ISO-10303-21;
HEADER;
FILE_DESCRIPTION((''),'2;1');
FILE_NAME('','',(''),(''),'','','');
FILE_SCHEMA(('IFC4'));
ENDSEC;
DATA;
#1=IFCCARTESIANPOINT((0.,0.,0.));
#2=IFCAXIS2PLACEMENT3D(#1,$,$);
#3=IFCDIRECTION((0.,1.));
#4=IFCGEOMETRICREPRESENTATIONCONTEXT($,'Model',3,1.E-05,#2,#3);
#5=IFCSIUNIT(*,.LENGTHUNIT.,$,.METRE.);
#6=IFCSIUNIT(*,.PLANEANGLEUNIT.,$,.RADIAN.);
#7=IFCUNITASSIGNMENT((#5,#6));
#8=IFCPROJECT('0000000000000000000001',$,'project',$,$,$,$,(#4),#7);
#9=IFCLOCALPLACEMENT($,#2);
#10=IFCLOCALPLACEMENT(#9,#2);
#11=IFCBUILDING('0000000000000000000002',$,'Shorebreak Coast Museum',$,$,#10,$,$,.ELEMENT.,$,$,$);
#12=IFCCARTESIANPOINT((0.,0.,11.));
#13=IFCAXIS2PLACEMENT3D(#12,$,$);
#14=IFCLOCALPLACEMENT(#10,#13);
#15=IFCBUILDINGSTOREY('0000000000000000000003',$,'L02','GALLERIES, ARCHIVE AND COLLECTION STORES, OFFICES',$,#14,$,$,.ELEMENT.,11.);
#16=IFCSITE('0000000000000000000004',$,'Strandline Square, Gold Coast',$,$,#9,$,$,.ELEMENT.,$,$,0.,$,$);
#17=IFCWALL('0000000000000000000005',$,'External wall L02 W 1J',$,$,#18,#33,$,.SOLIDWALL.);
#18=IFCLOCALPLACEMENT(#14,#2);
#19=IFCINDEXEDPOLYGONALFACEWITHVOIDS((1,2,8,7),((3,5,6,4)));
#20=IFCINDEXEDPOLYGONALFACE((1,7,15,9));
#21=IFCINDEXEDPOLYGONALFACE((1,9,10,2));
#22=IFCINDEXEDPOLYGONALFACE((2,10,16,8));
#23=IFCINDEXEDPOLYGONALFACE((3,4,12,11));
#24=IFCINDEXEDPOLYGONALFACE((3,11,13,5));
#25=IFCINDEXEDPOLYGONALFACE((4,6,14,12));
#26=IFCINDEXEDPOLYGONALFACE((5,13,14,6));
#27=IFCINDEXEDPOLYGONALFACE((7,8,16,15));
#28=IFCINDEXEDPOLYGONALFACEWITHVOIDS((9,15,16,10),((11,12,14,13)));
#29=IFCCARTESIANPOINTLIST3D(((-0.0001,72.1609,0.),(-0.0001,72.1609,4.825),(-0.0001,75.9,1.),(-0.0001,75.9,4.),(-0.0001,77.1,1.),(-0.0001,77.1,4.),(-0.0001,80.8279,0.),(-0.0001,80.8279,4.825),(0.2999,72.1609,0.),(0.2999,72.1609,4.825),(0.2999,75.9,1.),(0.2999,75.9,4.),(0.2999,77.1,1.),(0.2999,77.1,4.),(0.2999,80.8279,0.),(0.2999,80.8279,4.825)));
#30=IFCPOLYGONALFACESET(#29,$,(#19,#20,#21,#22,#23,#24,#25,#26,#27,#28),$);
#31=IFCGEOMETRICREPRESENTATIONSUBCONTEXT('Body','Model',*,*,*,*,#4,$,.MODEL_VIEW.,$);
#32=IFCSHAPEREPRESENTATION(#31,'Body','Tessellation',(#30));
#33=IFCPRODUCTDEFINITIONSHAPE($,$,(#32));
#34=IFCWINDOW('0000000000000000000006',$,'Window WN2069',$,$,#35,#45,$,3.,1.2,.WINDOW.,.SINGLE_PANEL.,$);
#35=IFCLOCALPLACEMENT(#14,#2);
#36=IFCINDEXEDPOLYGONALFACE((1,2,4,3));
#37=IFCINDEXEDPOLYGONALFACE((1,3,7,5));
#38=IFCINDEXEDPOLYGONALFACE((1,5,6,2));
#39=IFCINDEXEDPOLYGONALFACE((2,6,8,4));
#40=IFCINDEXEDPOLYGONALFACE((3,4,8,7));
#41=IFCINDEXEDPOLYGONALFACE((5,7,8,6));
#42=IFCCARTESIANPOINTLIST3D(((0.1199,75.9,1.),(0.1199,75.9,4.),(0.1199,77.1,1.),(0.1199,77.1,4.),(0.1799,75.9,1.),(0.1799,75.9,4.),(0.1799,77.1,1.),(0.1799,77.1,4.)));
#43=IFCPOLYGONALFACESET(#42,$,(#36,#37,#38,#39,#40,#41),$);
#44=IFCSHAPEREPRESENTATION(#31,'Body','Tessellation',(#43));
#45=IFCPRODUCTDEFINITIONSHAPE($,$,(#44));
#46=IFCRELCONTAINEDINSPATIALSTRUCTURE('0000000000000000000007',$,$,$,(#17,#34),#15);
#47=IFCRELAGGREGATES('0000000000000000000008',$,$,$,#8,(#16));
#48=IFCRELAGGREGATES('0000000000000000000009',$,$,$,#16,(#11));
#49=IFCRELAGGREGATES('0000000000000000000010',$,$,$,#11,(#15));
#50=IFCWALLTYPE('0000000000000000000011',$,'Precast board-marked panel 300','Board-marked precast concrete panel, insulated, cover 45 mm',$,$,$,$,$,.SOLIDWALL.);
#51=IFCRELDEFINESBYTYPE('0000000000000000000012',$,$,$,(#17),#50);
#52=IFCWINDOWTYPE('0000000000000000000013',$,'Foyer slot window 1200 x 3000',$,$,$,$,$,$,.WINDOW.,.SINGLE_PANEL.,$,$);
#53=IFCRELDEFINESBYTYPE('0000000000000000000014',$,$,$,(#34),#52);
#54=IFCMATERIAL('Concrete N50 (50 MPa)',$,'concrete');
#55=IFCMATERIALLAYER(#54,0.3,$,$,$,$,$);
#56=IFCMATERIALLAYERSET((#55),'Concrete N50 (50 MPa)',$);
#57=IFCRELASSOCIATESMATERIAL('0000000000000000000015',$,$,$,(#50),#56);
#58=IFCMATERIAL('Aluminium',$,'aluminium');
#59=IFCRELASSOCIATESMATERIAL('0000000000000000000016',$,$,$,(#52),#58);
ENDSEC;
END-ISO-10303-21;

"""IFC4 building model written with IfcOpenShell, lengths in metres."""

from ifc_helpers import new_model, si_unit, direction, frame, frame_2d, origin, place, context, subcontext, project, spatial, rectangle, extrude, material, layer, layer_set, type_object, element, fill, save


model = new_model("IFC4")

# Units and contexts
model_context = context("Model", 3, precision=1e-05, world=origin(), true_north=direction((0.0, 1.0)))
body_context = subcontext(model_context, "Body", "Model", "MODEL_VIEW")
ifc_project = project(units=[si_unit("LENGTHUNIT", "METRE"), si_unit("PLANEANGLEUNIT", "RADIAN")], contexts=[model_context])

# Site, building, storey
site_placement = place(None, origin())
site = spatial("IfcSite", under=ifc_project, at=site_placement, Name="Strandline Square, Gold Coast", CompositionType="ELEMENT", RefElevation=0.0)
building_placement = place(site_placement, origin())
building = spatial("IfcBuilding", under=site, at=building_placement, Name="Shorebreak Coast Museum", CompositionType="ELEMENT")
storey_placement = place(building_placement, frame((0.0, 0.0, 11.0)))
storey = spatial("IfcBuildingStorey", under=building, at=storey_placement, Name="L02", Description="GALLERIES, ARCHIVE AND COLLECTION STORES, OFFICES", CompositionType="ELEMENT", Elevation=11.0)

# Wall, opening, window
ifc_material_1 = material(Name="Concrete N50 (50 MPa)", Category="concrete")
ifc_layer_1 = layer(ifc_material_1, 0.3)
ifc_layer_set_1 = layer_set([ifc_layer_1], Name="Concrete N50 (50 MPa)")
wall_type_1 = type_object("IfcWallType", Name="Precast board-marked panel 300", Description="Board-marked precast concrete panel, insulated, cover 45 mm", PredefinedType="SOLIDWALL", material=ifc_layer_set_1)
wall_1_placement = place(storey_placement, frame((0.1499, 72.1609, 0.0), z_axis=(0.0, 0.0, 1.0), x_axis=(0.0, 1.0, 0.0)))
wall_1 = element("IfcWall", 1, at=wall_1_placement, inside=storey, type_object=wall_type_1, Name="External wall L02 W 1J", PredefinedType="SOLIDWALL", context=body_context, shape_type="SweptSolid", body=[
    extrude(rectangle(XDim=8.667, YDim=0.3, at=frame_2d((4.3335, 0.0))), origin(), (0.0, 0.0, 1.0), 4.825),
])
opening_placement = place(wall_1_placement, frame((3.739, 0.0, 1.0)))
opening = element("IfcOpeningElement", 2, at=opening_placement, cuts=wall_1, PredefinedType="OPENING", context=body_context, shape_type="SweptSolid", body=[
    extrude(rectangle(XDim=1.2, YDim=3.0, at=frame_2d((0.6001, 1.5))), frame((0.0, 0.1599, 0.0), z_axis=(0.0, -1.0, 0.0), x_axis=(1.0, 0.0, 0.0)), (0.0, 0.0, 1.0), 0.3201),
])
ifc_material_2 = material(Name="Aluminium", Category="aluminium")
window_type = type_object("IfcWindowType", Name="Foyer slot window 1200 x 3000", PartitioningType="SINGLE_PANEL", PredefinedType="WINDOW", material=ifc_material_2)
window_placement = place(opening_placement, origin())
window = element("IfcWindow", 3, at=window_placement, inside=storey, type_object=window_type, Name="Window WN2069", OverallHeight=3.0, OverallWidth=1.2, PartitioningType="SINGLE_PANEL", PredefinedType="WINDOW", context=body_context, shape_type="SweptSolid", body=[
    extrude(rectangle(XDim=1.2, YDim=3.0, at=frame_2d((0.6001, 1.5))), frame((0.0, 0.03, 0.0), z_axis=(0.0, -1.0, 0.0), x_axis=(1.0, 0.0, 0.0)), (0.0, 0.0, 1.0), 0.0601),
])
fill(opening, window)

save(model, "model.ifc")
